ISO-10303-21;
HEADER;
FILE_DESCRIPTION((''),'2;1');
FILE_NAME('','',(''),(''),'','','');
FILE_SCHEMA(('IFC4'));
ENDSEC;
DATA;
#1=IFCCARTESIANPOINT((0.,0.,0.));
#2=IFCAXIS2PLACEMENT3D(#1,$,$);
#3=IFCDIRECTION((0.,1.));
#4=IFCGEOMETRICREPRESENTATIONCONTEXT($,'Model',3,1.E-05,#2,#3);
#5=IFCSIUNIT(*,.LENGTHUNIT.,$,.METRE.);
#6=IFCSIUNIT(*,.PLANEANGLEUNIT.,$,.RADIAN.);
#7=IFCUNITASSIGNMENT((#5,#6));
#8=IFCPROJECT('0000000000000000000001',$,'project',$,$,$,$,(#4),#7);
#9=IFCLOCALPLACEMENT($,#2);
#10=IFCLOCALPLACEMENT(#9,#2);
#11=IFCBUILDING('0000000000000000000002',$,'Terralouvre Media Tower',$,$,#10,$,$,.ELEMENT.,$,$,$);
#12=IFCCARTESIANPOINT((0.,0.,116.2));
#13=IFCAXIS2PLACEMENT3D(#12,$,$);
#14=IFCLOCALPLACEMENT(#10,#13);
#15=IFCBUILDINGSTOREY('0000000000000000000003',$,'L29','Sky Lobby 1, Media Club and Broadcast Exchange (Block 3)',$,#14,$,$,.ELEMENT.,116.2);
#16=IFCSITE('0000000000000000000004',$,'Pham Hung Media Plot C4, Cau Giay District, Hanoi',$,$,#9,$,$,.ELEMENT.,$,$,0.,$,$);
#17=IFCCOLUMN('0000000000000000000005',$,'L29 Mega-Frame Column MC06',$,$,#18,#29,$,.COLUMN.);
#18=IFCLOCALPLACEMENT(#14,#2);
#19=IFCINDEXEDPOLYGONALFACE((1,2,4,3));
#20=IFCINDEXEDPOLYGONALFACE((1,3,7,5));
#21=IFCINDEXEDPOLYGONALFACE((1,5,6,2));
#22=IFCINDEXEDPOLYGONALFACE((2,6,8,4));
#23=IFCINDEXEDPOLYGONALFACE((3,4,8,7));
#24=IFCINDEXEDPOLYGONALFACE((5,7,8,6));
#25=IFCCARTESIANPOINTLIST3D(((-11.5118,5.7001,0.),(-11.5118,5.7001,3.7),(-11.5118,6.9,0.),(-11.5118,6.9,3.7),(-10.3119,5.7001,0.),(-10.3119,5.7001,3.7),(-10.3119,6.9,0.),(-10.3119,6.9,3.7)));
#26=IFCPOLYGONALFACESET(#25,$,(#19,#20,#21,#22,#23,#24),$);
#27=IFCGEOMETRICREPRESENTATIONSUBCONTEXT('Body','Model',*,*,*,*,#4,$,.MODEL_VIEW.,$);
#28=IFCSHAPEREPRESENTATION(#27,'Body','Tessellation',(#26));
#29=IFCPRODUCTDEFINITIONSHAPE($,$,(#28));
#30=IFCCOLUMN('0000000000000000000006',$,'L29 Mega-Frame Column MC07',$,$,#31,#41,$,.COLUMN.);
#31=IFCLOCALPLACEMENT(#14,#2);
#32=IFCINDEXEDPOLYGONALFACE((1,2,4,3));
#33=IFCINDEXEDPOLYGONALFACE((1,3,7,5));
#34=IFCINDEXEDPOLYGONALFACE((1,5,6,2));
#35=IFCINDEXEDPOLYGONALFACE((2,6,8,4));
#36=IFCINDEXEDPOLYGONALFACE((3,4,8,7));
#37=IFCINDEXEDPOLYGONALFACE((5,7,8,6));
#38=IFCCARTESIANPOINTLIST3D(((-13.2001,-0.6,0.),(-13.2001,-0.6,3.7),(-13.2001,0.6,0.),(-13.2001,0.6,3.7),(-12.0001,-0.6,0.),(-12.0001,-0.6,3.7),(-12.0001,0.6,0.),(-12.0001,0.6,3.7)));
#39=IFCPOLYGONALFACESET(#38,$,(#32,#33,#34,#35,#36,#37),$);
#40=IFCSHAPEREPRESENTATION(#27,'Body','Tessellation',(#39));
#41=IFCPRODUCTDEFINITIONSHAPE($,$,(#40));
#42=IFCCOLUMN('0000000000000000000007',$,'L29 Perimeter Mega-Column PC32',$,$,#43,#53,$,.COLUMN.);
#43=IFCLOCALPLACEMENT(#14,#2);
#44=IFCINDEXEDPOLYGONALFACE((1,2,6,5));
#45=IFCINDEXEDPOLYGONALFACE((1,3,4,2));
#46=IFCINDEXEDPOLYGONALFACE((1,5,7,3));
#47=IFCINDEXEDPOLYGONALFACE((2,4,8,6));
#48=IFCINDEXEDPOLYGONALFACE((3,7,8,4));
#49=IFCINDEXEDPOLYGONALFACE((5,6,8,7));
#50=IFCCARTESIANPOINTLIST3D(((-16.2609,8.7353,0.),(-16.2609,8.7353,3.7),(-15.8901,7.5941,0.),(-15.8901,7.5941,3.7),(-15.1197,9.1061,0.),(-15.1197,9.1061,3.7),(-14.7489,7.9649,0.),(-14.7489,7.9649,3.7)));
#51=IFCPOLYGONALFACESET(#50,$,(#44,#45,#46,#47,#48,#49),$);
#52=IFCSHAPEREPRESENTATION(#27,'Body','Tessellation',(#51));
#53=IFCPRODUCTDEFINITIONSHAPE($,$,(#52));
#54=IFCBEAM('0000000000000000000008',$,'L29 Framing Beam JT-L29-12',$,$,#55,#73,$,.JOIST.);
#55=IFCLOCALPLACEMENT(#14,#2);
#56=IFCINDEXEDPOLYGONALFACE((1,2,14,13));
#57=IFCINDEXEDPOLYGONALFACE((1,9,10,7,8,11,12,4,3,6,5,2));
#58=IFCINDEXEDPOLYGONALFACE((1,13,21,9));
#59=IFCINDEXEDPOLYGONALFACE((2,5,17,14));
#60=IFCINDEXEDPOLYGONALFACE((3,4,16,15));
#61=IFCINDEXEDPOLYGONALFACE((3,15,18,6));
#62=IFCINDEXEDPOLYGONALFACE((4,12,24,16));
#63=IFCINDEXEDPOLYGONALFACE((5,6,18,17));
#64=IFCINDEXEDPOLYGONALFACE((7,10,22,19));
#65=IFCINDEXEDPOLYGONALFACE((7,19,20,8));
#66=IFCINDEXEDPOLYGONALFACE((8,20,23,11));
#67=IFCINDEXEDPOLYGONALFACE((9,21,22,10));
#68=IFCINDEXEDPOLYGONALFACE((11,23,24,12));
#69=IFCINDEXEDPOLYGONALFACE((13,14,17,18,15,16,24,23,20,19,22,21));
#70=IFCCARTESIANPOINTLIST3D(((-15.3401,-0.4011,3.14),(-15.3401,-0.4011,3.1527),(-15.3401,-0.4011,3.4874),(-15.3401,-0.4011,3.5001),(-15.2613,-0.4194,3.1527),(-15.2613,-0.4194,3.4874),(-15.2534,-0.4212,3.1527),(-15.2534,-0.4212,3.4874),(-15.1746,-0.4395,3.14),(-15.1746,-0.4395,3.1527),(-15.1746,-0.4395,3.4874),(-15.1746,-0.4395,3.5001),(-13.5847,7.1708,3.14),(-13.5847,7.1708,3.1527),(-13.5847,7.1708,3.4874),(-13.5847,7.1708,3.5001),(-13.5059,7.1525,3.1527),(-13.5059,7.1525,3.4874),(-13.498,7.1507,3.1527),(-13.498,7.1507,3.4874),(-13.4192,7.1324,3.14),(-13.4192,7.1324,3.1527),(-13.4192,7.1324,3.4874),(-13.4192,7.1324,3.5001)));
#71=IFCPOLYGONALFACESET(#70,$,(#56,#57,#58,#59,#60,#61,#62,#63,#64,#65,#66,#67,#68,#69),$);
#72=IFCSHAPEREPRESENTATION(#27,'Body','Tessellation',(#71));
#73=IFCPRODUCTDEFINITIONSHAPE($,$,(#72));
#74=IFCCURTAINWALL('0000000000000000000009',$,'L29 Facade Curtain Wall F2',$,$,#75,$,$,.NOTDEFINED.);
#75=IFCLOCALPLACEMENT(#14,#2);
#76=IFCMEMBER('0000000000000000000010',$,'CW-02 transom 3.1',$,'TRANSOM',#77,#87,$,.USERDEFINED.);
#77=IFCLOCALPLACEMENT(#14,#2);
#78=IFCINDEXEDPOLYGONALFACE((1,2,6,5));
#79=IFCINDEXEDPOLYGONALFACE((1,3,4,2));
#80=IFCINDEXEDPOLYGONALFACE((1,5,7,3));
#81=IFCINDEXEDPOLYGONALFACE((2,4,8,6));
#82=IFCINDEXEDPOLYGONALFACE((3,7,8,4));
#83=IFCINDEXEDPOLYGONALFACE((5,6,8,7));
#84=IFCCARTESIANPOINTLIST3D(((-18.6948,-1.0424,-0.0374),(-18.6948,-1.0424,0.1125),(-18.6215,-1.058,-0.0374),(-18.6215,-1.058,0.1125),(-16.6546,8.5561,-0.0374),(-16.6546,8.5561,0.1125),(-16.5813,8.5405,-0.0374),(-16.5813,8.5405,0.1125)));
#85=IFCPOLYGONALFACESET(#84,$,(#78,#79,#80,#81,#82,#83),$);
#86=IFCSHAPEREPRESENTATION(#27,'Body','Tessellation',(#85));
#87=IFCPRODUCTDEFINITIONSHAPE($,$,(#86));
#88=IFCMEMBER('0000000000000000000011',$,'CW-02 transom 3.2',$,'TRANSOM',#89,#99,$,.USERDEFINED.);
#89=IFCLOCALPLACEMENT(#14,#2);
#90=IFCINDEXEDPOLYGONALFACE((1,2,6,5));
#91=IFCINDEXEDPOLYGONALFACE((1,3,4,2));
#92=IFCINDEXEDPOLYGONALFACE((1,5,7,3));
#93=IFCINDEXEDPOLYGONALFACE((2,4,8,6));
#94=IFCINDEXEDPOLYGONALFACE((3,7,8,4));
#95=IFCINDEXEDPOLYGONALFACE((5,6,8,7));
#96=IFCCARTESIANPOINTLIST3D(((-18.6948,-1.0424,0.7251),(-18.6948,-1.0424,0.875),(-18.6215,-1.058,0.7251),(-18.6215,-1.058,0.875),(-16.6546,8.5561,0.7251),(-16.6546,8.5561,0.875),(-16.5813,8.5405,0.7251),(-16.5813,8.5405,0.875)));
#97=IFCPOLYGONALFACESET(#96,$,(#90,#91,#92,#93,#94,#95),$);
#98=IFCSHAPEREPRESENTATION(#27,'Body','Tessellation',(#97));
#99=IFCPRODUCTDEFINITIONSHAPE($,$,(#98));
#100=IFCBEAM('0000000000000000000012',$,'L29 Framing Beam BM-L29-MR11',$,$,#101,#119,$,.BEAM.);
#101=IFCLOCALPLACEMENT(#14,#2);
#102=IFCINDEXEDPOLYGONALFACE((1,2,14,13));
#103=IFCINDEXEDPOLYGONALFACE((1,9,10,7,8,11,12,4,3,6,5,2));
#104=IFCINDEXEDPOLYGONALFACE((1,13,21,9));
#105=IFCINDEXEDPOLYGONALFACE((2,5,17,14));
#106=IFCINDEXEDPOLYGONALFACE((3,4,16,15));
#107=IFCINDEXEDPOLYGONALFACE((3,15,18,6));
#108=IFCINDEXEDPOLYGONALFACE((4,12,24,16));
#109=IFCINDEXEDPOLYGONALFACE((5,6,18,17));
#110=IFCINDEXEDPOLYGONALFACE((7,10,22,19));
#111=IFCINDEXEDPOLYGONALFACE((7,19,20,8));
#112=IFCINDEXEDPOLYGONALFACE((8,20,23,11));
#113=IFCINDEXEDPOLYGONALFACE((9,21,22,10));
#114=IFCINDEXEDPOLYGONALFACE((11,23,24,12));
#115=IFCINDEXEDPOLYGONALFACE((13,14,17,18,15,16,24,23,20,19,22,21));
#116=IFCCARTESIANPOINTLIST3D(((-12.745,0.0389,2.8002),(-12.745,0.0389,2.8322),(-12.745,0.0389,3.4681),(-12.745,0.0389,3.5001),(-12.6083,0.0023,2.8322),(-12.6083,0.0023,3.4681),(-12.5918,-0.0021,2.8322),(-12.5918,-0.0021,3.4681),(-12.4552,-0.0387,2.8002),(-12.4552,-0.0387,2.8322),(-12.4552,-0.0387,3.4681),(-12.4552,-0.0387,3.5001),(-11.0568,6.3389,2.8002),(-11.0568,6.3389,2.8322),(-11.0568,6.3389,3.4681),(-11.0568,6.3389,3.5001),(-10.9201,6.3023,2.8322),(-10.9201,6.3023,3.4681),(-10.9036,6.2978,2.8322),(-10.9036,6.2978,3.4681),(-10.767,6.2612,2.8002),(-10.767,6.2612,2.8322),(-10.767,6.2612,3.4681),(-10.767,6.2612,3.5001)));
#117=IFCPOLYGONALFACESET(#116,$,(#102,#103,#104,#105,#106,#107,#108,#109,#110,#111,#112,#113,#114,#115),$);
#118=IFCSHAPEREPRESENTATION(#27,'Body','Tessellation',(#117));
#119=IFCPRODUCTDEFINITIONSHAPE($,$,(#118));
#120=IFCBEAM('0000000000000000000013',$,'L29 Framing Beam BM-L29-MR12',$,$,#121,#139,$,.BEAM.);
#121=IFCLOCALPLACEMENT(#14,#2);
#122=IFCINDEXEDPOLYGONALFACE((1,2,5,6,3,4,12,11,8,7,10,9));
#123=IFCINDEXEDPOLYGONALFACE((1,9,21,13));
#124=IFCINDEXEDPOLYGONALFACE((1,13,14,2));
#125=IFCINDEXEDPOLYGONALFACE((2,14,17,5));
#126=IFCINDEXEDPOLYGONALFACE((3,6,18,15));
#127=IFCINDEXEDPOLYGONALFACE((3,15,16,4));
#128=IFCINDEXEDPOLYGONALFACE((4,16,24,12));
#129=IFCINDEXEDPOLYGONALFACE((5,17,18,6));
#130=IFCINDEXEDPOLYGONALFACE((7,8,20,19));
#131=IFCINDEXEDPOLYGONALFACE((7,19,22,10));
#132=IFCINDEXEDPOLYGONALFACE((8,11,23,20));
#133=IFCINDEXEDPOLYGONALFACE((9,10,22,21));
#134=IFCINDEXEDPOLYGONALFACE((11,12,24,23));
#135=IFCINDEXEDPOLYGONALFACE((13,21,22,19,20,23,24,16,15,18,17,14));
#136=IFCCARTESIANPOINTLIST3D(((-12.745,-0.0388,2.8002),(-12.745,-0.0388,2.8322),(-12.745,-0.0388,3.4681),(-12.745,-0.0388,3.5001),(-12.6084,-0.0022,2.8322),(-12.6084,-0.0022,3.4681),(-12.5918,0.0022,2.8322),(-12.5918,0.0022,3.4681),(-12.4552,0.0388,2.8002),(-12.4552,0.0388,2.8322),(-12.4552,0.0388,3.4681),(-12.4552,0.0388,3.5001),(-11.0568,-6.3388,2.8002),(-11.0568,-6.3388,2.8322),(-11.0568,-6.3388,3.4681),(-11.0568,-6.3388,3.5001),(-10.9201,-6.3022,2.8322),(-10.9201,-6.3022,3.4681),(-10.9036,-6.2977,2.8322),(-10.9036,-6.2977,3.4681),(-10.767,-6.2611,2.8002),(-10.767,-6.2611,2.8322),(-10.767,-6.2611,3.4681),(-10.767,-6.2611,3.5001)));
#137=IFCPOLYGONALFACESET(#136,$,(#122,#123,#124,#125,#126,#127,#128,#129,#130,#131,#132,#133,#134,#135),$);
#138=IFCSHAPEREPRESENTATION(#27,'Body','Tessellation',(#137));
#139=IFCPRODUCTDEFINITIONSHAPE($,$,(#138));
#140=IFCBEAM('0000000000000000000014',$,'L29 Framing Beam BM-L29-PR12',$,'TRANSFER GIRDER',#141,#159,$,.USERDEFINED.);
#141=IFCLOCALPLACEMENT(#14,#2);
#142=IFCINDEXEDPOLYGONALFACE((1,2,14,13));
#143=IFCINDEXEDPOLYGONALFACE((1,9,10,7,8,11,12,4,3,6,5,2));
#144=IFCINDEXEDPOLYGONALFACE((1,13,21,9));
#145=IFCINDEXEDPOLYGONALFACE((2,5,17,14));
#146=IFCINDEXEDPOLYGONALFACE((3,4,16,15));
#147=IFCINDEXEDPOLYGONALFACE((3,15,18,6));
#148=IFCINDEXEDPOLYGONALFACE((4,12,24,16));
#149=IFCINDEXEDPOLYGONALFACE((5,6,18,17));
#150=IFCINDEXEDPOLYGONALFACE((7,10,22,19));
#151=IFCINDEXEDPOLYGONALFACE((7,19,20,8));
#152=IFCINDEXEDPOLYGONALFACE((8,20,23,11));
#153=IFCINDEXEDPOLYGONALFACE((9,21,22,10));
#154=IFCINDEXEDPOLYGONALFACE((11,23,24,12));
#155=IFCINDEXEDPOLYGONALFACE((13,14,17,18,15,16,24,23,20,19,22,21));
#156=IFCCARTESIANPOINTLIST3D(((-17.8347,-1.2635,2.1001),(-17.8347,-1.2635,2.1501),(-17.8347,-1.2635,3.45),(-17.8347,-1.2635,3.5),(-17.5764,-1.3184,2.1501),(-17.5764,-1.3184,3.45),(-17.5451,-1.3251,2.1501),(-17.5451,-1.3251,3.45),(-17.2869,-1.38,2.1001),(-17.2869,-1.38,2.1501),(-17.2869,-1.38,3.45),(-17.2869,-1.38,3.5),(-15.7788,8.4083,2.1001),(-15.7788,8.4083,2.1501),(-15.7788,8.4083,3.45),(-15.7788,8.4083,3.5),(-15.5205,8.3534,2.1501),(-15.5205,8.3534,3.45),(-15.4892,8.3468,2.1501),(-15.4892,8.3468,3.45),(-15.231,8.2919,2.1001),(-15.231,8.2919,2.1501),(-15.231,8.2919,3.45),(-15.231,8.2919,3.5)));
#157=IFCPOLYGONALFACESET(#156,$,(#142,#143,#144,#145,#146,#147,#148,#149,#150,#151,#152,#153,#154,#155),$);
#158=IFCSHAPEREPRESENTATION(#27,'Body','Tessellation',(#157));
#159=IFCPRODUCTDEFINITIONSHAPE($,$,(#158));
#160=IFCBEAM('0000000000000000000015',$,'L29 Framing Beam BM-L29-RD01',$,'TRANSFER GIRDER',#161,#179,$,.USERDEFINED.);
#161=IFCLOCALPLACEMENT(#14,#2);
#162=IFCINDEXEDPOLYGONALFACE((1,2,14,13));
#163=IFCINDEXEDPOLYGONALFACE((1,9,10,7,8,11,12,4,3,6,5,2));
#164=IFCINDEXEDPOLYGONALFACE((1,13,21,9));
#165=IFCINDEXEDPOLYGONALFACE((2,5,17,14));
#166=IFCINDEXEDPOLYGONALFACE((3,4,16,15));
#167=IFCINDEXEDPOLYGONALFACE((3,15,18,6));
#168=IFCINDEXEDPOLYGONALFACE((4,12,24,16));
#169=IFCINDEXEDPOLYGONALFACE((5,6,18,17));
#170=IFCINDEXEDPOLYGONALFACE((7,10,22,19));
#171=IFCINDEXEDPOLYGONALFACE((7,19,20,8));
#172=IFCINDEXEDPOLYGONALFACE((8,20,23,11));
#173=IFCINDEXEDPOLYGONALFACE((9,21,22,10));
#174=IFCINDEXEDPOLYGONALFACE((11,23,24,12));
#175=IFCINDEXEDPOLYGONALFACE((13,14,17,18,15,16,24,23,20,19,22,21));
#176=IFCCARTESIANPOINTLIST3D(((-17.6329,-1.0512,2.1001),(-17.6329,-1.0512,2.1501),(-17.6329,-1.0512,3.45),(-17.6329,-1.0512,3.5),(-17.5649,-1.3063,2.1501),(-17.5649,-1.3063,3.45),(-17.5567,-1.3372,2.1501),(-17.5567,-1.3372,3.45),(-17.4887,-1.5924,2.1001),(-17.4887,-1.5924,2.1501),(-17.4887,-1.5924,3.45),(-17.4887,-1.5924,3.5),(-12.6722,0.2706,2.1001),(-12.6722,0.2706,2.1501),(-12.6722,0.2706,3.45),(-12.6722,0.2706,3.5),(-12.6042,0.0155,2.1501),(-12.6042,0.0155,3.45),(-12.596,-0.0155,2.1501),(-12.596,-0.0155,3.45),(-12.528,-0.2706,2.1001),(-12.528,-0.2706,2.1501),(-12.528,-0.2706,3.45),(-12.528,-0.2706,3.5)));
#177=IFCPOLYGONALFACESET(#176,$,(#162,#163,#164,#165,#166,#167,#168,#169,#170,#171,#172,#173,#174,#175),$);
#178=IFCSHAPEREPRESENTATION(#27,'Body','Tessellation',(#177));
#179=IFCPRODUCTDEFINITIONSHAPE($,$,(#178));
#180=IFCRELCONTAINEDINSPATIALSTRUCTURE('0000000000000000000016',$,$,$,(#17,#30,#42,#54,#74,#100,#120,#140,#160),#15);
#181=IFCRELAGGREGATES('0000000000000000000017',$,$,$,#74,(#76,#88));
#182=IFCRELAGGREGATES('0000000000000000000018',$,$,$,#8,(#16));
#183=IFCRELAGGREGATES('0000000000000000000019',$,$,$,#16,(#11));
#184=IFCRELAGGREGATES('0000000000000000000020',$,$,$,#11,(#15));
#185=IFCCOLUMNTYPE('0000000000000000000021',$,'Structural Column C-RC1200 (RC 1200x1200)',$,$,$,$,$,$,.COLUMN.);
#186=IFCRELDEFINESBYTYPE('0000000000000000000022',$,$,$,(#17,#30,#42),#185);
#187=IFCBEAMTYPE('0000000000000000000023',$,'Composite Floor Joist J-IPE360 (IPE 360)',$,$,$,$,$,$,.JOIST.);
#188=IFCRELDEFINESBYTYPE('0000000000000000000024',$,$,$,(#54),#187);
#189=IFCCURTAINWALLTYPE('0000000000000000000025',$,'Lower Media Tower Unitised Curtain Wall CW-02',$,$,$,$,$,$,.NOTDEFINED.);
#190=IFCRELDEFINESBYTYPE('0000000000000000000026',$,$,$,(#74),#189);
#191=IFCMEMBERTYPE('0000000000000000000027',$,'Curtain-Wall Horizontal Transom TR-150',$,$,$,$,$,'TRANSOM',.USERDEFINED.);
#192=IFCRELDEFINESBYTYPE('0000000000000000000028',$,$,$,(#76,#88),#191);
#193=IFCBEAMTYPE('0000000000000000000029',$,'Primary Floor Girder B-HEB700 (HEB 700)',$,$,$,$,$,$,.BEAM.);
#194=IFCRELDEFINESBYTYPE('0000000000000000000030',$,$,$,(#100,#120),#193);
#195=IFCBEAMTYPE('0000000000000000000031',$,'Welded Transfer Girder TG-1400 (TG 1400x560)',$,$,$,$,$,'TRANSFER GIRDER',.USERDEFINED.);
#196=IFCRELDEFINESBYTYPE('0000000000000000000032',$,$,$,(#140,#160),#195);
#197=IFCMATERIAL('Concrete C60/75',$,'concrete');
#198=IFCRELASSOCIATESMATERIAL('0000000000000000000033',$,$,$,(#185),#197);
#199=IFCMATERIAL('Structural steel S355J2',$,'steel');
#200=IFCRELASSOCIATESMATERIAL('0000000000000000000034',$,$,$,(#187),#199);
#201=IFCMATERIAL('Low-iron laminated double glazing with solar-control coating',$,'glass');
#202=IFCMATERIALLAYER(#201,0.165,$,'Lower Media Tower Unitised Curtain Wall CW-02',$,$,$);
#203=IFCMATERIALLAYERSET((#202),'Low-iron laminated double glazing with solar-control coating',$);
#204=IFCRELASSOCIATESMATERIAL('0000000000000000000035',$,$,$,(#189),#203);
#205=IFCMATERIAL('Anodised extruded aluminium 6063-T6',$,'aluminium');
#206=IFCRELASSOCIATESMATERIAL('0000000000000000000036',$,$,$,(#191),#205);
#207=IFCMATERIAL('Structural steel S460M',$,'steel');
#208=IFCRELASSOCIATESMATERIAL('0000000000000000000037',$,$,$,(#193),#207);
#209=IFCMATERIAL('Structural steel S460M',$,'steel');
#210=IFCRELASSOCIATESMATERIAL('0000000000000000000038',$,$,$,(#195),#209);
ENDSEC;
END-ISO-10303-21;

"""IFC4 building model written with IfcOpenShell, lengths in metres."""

from ifc_helpers import new_model, si_unit, direction, frame, origin, origin_2d, place, context, subcontext, project, spatial, rectangle, i_section, extrude, material, layer, layer_set, material_profile, profile_set, type_object, element, aggregate, save


model = new_model("IFC4")

# Units and contexts
model_context = context("Model", 3, precision=1e-05, world=origin(), true_north=direction((0.0, 1.0)))
body_context = subcontext(model_context, "Body", "Model", "MODEL_VIEW")
ifc_project = project(units=[si_unit("LENGTHUNIT", "METRE"), si_unit("PLANEANGLEUNIT", "RADIAN")], contexts=[model_context])

# Site, building, storey
site_placement = place(None, origin())
site = spatial("IfcSite", under=ifc_project, at=site_placement, Name="Pham Hung Media Plot C4, Cau Giay District, Hanoi", CompositionType="ELEMENT", RefElevation=0.0)
building_placement = place(site_placement, origin())
building = spatial("IfcBuilding", under=site, at=building_placement, Name="Terralouvre Media Tower", CompositionType="ELEMENT")
storey_placement = place(building_placement, frame((0.0, 0.0, 116.2)))
storey = spatial("IfcBuildingStorey", under=building, at=storey_placement, Name="L29", Description="Sky Lobby 1, Media Club and Broadcast Exchange (Block 3)", CompositionType="ELEMENT", Elevation=116.2)

# Columns
ifc_material_1 = material(Name="Concrete C60/75", Category="concrete")
ifc_material_profile_1 = material_profile(ifc_material_1, rectangle(XDim=1.2, YDim=1.2, at=origin_2d()), Name="RC 1200x1200")
ifc_profile_set_1 = profile_set([ifc_material_profile_1], Name="Concrete C60/75")
column_type = type_object("IfcColumnType", Name="Structural Column C-RC1200 (RC 1200x1200)", PredefinedType="COLUMN", material=ifc_profile_set_1)
for number, where, z_axis, x_axis, name in (
    (1, (-10.9119, 6.3, 0.0), (0.0, 0.0, 1.0), (1.0, 0.0, 0.0), "L29 Mega-Frame Column MC06"),
    (2, (-12.6001, 0.0, 0.0), (0.0, 0.0, 1.0), (1.0, 0.0, 0.0), "L29 Mega-Frame Column MC07"),
    (3, (-15.5049, 8.3501, 0.0), (0.0, 0.0, 1.0), (0.951057, 0.309017, 0.0), "L29 Perimeter Mega-Column PC32"),
):
    element("IfcColumn", number, at=place(storey_placement, frame(where, z_axis=z_axis, x_axis=x_axis)), inside=storey, type_object=column_type, Name=name, PredefinedType="COLUMN", context=body_context, shape_type="SweptSolid", body=[
        extrude(rectangle(XDim=1.2, YDim=1.2, at=origin_2d()), origin(), (0.0, 0.0, 1.0), 3.7),
    ])

# Beam
ifc_material_2 = material(Name="Structural steel S355J2", Category="steel")
ifc_material_profile_2 = material_profile(ifc_material_2, i_section(OverallWidth=0.1699, OverallDepth=0.3601, WebThickness=0.0081, FlangeThickness=0.0127, at=origin_2d()), Name="IPE 360")
ifc_profile_set_2 = profile_set([ifc_material_profile_2], Name="Structural steel S355J2")
beam_type_1 = type_object("IfcBeamType", Name="Composite Floor Joist J-IPE360 (IPE 360)", PredefinedType="JOIST", material=ifc_profile_set_2)
beam_1_placement = place(storey_placement, frame((-13.502, 7.1516, 3.3201), z_axis=(-0.225841, -0.974164, 0.0), x_axis=(0.974164, -0.225841, 0.0)))
element("IfcBeam", 4, at=beam_1_placement, inside=storey, type_object=beam_type_1, Name="L29 Framing Beam JT-L29-12", PredefinedType="JOIST", context=body_context, shape_type="SweptSolid", body=[
    extrude(i_section(OverallWidth=0.1699, OverallDepth=0.3601, WebThickness=0.0081, FlangeThickness=0.0127, at=origin_2d()), origin(), (0.0, 0.0, 1.0), 7.7727),
])

# Curtain wall, members
ifc_material_3 = material(Name="Low-iron laminated double glazing with solar-control coating", Category="glass")
ifc_layer_1 = layer(ifc_material_3, 0.165, Name="Lower Media Tower Unitised Curtain Wall CW-02")
ifc_layer_set_1 = layer_set([ifc_layer_1], Name="Low-iron laminated double glazing with solar-control coating")
curtain_wall_type = type_object("IfcCurtainWallType", Name="Lower Media Tower Unitised Curtain Wall CW-02", PredefinedType="NOTDEFINED", material=ifc_layer_set_1)
curtain_wall_placement = place(storey_placement, origin())
curtain_wall = element("IfcCurtainWall", 5, at=curtain_wall_placement, inside=storey, type_object=curtain_wall_type, Name="L29 Facade Curtain Wall F2", PredefinedType="NOTDEFINED")
ifc_material_4 = material(Name="Anodised extruded aluminium 6063-T6", Category="aluminium")
ifc_material_profile_3 = material_profile(ifc_material_4, rectangle(XDim=0.075, YDim=0.1499, at=origin_2d()), Name="ALU 75x150")
ifc_profile_set_3 = profile_set([ifc_material_profile_3], Name="Anodised extruded aluminium 6063-T6")
member_type = type_object("IfcMemberType", Name="Curtain-Wall Horizontal Transom TR-150", ElementType="TRANSOM", PredefinedType="USERDEFINED", material=ifc_profile_set_3)
member_1_placement = place(storey_placement, frame((-16.6179, 8.5483, 0.0376), z_axis=(-0.207915, -0.978147, 0.0), x_axis=(0.978147, -0.207915, 0.0)))
member_1 = element("IfcMember", 6, at=member_1_placement, type_object=member_type, Name="CW-02 transom 3.1", ObjectType="TRANSOM", PredefinedType="USERDEFINED", context=body_context, shape_type="SweptSolid", body=[
    extrude(rectangle(XDim=0.075, YDim=0.1499, at=origin_2d()), origin(), (0.0, 0.0, 1.0), 9.813),
])
member_2_placement = place(storey_placement, frame((-16.6179, 8.5483, 0.8), z_axis=(-0.207915, -0.978147, 0.0), x_axis=(0.978147, -0.207915, 0.0)))
member_2 = element("IfcMember", 7, at=member_2_placement, type_object=member_type, Name="CW-02 transom 3.2", ObjectType="TRANSOM", PredefinedType="USERDEFINED", context=body_context, shape_type="SweptSolid", body=[
    extrude(rectangle(XDim=0.075, YDim=0.1499, at=origin_2d()), origin(), (0.0, 0.0, 1.0), 9.813),
])

# Beams
ifc_material_5 = material(Name="Structural steel S460M", Category="steel")
ifc_material_profile_4 = material_profile(ifc_material_5, i_section(OverallWidth=0.3, OverallDepth=0.7, WebThickness=0.0171, FlangeThickness=0.032, at=origin_2d()), Name="HEB 700")
ifc_profile_set_4 = profile_set([ifc_material_profile_4], Name="Structural steel S460M")
beam_type_2 = type_object("IfcBeamType", Name="Primary Floor Girder B-HEB700 (HEB 700)", PredefinedType="BEAM", material=ifc_profile_set_4)
for number, where, z_axis, x_axis, name in (
    (8, (-10.9119, 6.3, 3.1501), (-0.258839, -0.96592, 0.0), (0.96592, -0.258839, 0.0), "L29 Framing Beam BM-L29-MR11"),
    (9, (-12.6001, 0.0, 3.1501), (0.258839, -0.96592, 0.0), (0.96592, 0.258839, 0.0), "L29 Framing Beam BM-L29-MR12"),
):
    element("IfcBeam", number, at=place(storey_placement, frame(where, z_axis=z_axis, x_axis=x_axis)), inside=storey, type_object=beam_type_2, Name=name, PredefinedType="BEAM", context=body_context, shape_type="SweptSolid", body=[
        extrude(i_section(OverallWidth=0.3, OverallDepth=0.7, WebThickness=0.0171, FlangeThickness=0.032, at=origin_2d()), origin(), (0.0, 0.0, 1.0), 6.5222),
    ])
ifc_material_6 = material(Name="Structural steel S460M", Category="steel")
ifc_material_profile_5 = material_profile(ifc_material_6, i_section(OverallWidth=0.5601, OverallDepth=1.3999, WebThickness=0.032, FlangeThickness=0.05, at=origin_2d()), Name="TG 1400x560")
ifc_profile_set_5 = profile_set([ifc_material_profile_5], Name="Structural steel S460M")
beam_type_3 = type_object("IfcBeamType", Name="Welded Transfer Girder TG-1400 (TG 1400x560)", ElementType="TRANSFER GIRDER", PredefinedType="USERDEFINED", material=ifc_profile_set_5)
beam_2_placement = place(storey_placement, frame((-15.5049, 8.3501, 2.8), z_axis=(-0.20792, -0.978146, 0.0), x_axis=(0.978146, -0.20792, 0.0)))
element("IfcBeam", 10, at=beam_2_placement, inside=storey, type_object=beam_type_3, Name="L29 Framing Beam BM-L29-PR12", ObjectType="TRANSFER GIRDER", PredefinedType="USERDEFINED", context=body_context, shape_type="SweptSolid", body=[
    extrude(i_section(OverallWidth=0.5601, OverallDepth=1.3999, WebThickness=0.032, FlangeThickness=0.05, at=origin_2d()), origin(), (0.0, 0.0, 1.0), 9.8879),
])
beam_3_placement = place(storey_placement, frame((-12.6001, 0.0, 2.8), z_axis=(-0.966287, -0.257467, 0.0), x_axis=(0.257467, -0.966287, 0.0)))
element("IfcBeam", 11, at=beam_3_placement, inside=storey, type_object=beam_type_3, Name="L29 Framing Beam BM-L29-RD01", ObjectType="TRANSFER GIRDER", PredefinedType="USERDEFINED", context=body_context, shape_type="SweptSolid", body=[
    extrude(i_section(OverallWidth=0.5601, OverallDepth=1.3999, WebThickness=0.032, FlangeThickness=0.05, at=origin_2d()), origin(), (0.0, 0.0, 1.0), 5.1338),
])

aggregate(curtain_wall, [member_1, member_2])

save(model, "model.ifc")
